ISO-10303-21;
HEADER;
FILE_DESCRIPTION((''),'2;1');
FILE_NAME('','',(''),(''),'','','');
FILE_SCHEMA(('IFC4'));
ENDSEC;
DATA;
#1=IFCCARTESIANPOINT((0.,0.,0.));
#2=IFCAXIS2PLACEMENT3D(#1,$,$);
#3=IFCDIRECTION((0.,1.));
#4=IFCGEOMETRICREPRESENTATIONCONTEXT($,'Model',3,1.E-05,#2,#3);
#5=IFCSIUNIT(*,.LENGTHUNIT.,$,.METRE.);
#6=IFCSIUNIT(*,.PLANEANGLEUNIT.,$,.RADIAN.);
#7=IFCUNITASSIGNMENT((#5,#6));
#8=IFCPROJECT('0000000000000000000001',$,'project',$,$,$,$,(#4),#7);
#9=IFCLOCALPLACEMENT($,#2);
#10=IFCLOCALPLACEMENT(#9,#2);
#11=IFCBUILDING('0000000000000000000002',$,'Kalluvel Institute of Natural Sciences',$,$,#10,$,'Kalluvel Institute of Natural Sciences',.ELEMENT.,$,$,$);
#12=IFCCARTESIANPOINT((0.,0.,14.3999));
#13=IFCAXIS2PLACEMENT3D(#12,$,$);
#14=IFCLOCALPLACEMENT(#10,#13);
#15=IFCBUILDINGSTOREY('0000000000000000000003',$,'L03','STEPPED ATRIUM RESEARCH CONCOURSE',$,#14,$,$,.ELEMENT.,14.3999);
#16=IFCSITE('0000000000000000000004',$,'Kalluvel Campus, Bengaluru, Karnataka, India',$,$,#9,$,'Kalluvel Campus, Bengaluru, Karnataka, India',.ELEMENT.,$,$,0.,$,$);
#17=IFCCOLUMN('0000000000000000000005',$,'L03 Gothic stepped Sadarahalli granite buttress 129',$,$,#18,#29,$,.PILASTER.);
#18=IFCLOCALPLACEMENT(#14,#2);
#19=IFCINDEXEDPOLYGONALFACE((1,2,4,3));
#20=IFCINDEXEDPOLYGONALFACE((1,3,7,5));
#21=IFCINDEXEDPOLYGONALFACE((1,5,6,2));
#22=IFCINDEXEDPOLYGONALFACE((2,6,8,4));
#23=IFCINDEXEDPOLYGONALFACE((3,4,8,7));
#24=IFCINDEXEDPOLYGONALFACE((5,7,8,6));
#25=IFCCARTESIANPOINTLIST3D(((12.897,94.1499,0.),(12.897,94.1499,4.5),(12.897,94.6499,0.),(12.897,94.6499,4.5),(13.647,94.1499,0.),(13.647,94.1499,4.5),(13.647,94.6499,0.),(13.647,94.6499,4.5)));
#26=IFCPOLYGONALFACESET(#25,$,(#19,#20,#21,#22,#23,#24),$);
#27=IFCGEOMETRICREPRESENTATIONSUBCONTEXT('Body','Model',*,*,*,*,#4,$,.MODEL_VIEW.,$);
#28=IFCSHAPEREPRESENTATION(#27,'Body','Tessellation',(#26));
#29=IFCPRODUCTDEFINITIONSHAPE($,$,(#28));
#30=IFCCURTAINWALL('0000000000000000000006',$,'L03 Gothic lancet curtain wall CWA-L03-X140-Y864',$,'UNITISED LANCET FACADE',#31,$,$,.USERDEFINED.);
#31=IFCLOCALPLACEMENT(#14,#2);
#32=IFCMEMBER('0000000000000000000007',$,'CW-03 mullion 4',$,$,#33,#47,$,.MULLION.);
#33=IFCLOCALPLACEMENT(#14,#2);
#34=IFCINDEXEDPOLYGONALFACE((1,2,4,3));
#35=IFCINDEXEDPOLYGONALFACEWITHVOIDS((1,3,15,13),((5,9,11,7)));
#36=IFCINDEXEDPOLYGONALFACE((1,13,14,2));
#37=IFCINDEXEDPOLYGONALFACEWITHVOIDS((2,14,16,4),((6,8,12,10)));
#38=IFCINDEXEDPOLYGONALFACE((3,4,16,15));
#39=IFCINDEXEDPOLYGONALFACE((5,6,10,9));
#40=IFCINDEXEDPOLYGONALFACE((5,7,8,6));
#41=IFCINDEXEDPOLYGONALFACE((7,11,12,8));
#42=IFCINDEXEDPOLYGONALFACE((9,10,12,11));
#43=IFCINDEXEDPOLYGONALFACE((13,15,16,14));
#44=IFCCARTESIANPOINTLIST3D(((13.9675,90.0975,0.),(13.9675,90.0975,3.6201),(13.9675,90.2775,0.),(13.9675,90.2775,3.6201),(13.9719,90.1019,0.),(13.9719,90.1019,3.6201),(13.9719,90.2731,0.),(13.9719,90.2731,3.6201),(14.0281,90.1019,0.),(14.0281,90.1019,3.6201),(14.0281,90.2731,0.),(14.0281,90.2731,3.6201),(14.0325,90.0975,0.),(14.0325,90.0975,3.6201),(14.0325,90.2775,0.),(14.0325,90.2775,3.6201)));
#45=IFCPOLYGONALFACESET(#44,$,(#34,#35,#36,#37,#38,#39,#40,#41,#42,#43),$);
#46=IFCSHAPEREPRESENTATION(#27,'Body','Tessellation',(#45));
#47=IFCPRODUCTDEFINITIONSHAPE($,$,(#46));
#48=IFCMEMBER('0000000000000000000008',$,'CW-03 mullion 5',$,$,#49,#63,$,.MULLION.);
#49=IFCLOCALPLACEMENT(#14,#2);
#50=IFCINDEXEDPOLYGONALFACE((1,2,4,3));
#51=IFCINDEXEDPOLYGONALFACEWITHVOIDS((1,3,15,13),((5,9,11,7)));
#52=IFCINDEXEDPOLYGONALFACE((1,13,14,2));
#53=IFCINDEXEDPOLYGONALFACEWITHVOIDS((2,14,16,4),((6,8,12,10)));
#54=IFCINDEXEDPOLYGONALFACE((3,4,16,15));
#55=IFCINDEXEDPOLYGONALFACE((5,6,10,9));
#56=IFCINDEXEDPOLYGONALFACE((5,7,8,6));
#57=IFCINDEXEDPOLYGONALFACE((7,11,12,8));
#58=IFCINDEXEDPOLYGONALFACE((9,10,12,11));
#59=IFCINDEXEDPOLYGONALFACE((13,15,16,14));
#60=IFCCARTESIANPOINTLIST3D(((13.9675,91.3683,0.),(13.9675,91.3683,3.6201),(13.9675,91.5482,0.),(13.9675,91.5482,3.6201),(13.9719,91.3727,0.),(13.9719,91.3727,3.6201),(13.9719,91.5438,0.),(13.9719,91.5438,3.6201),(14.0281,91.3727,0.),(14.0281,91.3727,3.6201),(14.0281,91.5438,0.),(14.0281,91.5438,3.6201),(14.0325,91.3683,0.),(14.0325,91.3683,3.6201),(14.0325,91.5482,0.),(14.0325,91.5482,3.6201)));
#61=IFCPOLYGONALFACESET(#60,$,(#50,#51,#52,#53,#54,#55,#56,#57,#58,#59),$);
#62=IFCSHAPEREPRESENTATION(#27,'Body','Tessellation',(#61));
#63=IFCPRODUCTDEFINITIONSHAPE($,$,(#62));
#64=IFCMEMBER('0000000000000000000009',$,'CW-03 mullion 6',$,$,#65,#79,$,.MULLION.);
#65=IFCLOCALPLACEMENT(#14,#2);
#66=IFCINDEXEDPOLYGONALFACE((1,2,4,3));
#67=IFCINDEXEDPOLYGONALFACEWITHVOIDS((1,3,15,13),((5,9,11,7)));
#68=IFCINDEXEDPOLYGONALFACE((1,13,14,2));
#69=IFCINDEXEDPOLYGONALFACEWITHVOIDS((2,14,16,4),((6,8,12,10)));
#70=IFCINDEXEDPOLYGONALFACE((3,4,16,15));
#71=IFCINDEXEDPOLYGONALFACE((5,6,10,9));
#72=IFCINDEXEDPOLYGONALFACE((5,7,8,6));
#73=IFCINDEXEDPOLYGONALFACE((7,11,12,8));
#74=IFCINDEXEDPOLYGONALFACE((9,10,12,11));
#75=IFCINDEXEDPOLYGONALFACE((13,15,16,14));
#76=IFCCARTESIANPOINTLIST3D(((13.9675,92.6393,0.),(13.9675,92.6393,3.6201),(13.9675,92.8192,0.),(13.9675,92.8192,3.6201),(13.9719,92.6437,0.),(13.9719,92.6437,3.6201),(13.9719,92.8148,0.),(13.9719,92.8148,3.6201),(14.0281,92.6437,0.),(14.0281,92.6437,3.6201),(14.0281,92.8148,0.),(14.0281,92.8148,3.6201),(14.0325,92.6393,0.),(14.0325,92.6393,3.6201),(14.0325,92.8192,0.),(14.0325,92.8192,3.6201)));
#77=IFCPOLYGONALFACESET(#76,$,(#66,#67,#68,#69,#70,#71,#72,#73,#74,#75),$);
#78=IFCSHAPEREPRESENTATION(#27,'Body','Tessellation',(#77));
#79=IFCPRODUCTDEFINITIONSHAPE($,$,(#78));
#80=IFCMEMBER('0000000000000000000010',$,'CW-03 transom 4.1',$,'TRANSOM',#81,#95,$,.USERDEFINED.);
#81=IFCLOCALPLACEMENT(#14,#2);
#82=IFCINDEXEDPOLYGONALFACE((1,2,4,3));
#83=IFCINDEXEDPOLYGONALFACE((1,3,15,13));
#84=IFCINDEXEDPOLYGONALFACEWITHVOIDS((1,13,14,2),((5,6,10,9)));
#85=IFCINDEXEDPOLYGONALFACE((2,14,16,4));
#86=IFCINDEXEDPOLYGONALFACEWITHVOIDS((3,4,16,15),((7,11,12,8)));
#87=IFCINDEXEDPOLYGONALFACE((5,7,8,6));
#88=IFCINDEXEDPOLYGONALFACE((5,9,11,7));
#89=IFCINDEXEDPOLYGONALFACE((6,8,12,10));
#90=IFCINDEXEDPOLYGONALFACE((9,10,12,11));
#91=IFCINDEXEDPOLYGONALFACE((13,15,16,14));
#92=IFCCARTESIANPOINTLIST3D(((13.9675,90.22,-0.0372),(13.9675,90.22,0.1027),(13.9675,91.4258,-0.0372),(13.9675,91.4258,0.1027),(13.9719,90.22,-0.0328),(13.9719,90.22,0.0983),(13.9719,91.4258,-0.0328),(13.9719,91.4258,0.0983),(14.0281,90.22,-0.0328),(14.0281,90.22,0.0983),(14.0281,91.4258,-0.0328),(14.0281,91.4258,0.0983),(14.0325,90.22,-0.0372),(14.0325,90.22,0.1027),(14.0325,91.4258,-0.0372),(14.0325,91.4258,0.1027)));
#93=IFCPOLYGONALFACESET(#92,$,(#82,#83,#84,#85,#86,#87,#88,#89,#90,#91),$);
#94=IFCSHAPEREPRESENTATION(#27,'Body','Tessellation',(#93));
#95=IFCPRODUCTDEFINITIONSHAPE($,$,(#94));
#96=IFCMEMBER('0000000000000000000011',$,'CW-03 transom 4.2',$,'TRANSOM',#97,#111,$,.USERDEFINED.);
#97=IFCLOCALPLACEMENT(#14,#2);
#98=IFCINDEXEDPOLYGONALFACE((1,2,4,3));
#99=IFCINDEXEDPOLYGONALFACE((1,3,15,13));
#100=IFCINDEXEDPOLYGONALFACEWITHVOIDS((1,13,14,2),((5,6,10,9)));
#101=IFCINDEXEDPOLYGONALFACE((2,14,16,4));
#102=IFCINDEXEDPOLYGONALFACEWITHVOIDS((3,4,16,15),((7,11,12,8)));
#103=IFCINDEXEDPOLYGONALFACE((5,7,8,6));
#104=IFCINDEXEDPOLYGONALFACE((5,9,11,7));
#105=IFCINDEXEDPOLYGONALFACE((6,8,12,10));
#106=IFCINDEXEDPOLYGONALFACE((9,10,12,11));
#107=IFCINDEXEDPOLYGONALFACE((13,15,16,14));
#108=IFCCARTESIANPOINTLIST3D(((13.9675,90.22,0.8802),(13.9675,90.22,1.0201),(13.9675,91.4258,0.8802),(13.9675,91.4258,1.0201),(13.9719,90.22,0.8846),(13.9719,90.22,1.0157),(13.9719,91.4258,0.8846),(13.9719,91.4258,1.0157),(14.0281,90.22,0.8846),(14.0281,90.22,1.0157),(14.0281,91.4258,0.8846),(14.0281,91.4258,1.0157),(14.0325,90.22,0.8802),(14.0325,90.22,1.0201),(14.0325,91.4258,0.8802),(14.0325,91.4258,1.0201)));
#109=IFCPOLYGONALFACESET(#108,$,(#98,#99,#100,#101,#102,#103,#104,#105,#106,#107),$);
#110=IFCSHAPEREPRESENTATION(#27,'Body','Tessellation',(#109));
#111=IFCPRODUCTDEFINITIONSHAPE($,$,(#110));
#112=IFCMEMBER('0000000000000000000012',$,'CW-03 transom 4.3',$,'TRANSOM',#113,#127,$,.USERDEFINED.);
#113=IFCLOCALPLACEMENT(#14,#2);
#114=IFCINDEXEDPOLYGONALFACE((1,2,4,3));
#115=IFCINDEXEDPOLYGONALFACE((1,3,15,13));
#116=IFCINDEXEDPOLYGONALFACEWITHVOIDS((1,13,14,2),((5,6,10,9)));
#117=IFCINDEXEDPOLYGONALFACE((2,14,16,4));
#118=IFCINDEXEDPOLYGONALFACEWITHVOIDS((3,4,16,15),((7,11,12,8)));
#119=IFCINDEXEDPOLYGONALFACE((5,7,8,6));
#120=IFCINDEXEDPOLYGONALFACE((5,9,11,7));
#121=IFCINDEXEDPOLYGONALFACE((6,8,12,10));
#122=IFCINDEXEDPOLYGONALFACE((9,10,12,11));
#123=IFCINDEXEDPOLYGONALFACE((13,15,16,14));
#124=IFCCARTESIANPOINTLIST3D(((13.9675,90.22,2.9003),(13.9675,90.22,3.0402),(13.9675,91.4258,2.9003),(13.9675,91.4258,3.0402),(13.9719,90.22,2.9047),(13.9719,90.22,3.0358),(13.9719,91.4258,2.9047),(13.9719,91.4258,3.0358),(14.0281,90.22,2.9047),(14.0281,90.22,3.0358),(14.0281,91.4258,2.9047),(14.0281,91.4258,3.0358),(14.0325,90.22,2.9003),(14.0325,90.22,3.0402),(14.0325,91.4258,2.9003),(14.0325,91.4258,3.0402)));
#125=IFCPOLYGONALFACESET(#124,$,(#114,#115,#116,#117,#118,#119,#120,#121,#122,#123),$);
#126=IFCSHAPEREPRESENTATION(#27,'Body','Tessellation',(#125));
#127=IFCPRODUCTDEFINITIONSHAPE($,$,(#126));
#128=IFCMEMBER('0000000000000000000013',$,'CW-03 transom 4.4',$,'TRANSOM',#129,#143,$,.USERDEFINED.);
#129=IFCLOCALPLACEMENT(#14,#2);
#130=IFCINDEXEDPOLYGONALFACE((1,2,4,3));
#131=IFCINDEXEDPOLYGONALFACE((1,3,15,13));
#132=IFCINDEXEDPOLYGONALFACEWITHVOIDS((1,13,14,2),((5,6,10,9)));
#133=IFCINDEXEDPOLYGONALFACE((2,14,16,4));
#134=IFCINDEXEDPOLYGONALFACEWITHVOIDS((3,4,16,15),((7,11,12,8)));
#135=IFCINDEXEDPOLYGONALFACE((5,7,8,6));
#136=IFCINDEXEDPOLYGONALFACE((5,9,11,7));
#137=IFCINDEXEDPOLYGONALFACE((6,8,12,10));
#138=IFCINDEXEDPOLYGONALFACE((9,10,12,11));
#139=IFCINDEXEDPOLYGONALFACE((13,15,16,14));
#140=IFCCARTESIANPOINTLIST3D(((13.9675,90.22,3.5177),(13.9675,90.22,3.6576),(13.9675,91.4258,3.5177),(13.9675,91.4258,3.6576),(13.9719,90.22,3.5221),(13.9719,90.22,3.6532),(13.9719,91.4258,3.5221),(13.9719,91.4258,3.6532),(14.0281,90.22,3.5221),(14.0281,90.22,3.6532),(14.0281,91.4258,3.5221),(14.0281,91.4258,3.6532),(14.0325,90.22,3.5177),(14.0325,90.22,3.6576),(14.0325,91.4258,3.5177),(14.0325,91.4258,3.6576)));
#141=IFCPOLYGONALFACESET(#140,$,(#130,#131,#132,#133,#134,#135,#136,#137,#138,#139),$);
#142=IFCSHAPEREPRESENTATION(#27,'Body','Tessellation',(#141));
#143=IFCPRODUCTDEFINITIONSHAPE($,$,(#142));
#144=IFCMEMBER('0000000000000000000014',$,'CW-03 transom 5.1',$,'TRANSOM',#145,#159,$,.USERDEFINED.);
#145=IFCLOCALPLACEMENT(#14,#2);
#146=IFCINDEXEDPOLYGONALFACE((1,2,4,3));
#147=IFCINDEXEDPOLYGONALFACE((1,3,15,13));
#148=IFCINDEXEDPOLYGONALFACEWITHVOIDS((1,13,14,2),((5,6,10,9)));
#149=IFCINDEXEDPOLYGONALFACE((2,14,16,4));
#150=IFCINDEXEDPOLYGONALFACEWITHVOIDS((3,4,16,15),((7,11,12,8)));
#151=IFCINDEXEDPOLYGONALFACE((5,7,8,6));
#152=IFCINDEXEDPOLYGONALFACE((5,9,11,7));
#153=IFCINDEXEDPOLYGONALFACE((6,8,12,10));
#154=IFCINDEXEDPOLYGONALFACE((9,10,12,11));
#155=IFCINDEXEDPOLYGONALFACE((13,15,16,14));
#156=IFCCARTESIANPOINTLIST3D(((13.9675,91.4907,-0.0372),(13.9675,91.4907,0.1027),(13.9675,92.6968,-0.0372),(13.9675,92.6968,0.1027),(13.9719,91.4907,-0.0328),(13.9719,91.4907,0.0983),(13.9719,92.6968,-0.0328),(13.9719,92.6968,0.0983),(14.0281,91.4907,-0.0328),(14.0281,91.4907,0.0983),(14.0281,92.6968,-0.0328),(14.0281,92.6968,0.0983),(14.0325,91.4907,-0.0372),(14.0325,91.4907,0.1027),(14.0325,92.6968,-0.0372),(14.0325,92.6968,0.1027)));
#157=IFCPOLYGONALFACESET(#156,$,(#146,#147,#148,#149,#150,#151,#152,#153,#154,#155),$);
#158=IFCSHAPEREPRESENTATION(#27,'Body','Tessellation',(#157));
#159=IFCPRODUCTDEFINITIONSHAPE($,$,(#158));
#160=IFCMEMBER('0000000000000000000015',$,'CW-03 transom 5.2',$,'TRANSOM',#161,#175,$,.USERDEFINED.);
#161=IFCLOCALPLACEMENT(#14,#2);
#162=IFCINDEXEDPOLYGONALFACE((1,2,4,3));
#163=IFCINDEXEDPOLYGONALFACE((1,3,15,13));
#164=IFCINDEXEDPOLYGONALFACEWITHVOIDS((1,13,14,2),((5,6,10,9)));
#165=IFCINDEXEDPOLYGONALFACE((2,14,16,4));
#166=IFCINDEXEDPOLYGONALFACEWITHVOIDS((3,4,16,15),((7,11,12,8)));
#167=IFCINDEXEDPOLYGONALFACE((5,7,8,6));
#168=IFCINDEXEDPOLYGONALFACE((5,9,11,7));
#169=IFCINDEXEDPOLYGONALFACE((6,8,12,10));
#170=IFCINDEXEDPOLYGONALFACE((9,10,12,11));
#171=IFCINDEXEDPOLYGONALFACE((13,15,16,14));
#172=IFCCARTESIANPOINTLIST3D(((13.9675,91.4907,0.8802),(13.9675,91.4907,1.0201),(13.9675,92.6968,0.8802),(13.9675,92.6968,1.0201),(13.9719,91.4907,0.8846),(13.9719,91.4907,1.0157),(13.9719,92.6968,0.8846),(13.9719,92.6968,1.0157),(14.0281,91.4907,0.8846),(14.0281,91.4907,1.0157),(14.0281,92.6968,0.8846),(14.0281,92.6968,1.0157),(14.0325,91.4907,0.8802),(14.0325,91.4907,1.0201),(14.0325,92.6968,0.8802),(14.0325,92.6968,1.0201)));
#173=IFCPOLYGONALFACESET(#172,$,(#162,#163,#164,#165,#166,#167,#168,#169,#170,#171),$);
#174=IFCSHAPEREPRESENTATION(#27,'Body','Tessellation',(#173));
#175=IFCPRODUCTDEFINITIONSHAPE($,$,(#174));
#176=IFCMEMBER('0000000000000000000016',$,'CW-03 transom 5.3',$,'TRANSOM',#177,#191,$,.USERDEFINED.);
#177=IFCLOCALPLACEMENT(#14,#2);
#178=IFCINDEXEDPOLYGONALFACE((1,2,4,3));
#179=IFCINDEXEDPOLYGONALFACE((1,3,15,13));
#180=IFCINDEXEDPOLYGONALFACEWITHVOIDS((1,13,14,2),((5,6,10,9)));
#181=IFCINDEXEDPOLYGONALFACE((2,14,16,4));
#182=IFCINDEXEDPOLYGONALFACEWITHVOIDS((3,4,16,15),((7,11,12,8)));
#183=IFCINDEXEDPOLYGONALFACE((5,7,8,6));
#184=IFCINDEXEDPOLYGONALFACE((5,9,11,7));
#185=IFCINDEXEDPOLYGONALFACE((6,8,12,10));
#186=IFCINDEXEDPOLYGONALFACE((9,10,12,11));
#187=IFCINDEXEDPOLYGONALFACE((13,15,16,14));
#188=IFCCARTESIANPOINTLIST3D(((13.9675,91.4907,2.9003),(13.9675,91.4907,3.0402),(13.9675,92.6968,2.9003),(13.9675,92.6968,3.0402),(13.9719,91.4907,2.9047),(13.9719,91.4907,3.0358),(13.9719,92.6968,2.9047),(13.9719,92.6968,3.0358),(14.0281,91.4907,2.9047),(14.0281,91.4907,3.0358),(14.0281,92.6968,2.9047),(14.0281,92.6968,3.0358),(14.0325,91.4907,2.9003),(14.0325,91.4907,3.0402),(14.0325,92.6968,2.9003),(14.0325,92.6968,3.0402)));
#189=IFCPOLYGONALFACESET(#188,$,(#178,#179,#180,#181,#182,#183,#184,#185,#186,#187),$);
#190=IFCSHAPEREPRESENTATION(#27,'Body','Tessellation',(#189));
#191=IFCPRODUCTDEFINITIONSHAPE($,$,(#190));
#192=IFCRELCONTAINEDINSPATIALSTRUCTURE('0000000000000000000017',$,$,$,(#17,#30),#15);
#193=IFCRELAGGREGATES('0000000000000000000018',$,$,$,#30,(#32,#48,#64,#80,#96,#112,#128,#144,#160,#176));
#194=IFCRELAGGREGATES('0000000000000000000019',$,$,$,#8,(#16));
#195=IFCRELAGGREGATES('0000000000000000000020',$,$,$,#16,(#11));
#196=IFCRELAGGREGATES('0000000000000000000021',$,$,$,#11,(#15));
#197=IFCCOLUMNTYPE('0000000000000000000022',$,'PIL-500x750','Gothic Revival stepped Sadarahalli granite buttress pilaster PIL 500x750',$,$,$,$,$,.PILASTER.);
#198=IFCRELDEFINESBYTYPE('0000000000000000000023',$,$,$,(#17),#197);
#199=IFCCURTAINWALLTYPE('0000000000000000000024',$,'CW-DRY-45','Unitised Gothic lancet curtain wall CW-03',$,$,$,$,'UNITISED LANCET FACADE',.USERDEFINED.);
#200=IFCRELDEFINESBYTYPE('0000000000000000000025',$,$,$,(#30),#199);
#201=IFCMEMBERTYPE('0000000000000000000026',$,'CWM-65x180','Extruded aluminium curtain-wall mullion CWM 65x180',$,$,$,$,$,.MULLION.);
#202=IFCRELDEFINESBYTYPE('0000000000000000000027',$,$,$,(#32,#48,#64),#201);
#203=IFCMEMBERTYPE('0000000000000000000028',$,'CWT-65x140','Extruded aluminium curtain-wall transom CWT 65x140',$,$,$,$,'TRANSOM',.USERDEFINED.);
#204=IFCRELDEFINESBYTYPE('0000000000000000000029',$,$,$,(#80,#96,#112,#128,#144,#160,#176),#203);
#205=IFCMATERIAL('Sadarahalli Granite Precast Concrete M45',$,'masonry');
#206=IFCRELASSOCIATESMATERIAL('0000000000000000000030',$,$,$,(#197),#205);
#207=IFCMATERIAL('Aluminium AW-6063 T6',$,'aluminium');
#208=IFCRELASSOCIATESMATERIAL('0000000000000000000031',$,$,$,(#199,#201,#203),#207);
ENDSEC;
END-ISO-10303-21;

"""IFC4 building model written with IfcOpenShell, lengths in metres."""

from ifc_helpers import new_model, si_unit, direction, frame, origin, origin_2d, place, context, subcontext, project, spatial, rectangle, hollow_rectangle, extrude, material, material_profile, profile_set, type_object, element, aggregate, save


model = new_model("IFC4")

# Units and contexts
model_context = context("Model", 3, precision=1e-05, world=origin(), true_north=direction((0.0, 1.0)))
body_context = subcontext(model_context, "Body", "Model", "MODEL_VIEW")
ifc_project = project(units=[si_unit("LENGTHUNIT", "METRE"), si_unit("PLANEANGLEUNIT", "RADIAN")], contexts=[model_context])

# Site, building, storey
site_placement = place(None, origin())
site = spatial("IfcSite", under=ifc_project, at=site_placement, Name="Kalluvel Campus, Bengaluru, Karnataka, India", LongName="Kalluvel Campus, Bengaluru, Karnataka, India", CompositionType="ELEMENT", RefElevation=0.0)
building_placement = place(site_placement, origin())
building = spatial("IfcBuilding", under=site, at=building_placement, Name="Kalluvel Institute of Natural Sciences", LongName="Kalluvel Institute of Natural Sciences", CompositionType="ELEMENT")
storey_placement = place(building_placement, frame((0.0, 0.0, 14.3999)))
storey = spatial("IfcBuildingStorey", under=building, at=storey_placement, Name="L03", Description="STEPPED ATRIUM RESEARCH CONCOURSE", CompositionType="ELEMENT", Elevation=14.3999)

# Column
ifc_material_1 = material(Name="Sadarahalli Granite Precast Concrete M45", Category="masonry")
ifc_material_profile_1 = material_profile(ifc_material_1, rectangle(XDim=0.5, YDim=0.75, at=origin_2d()), Name="PIL 500x750")
ifc_profile_set_1 = profile_set([ifc_material_profile_1], Name="Sadarahalli Granite Precast Concrete M45")
column_type = type_object("IfcColumnType", Name="PIL-500x750", Description="Gothic Revival stepped Sadarahalli granite buttress pilaster PIL 500x750", PredefinedType="PILASTER", material=ifc_profile_set_1)
column_placement = place(storey_placement, frame((13.272, 94.3999, 0.0), z_axis=(0.0, 0.0, 1.0), x_axis=(0.0, 1.0, 0.0)))
element("IfcColumn", 1, at=column_placement, inside=storey, type_object=column_type, Name="L03 Gothic stepped Sadarahalli granite buttress 129", PredefinedType="PILASTER", context=body_context, shape_type="SweptSolid", body=[
    extrude(rectangle(XDim=0.5, YDim=0.75, at=origin_2d()), origin(), (0.0, 0.0, 1.0), 4.5),
])

# Curtain wall, members
ifc_material_2 = material(Name="Aluminium AW-6063 T6", Category="aluminium")
curtain_wall_type = type_object("IfcCurtainWallType", Name="CW-DRY-45", Description="Unitised Gothic lancet curtain wall CW-03", ElementType="UNITISED LANCET FACADE", PredefinedType="USERDEFINED", material=ifc_material_2)
curtain_wall_placement = place(storey_placement, origin())
curtain_wall = element("IfcCurtainWall", 2, at=curtain_wall_placement, inside=storey, type_object=curtain_wall_type, Name="L03 Gothic lancet curtain wall CWA-L03-X140-Y864", ObjectType="UNITISED LANCET FACADE", PredefinedType="USERDEFINED")
ifc_material_profile_2 = material_profile(ifc_material_2, hollow_rectangle(XDim=0.0649, YDim=0.1799, WallThickness=0.0044, at=origin_2d()), Name="CWM 65x180")
ifc_profile_set_2 = profile_set([ifc_material_profile_2], Name="Aluminium AW-6063 T6")
member_type_1 = type_object("IfcMemberType", Name="CWM-65x180", Description="Extruded aluminium curtain-wall mullion CWM 65x180", PredefinedType="MULLION", material=ifc_profile_set_2)
member_1_placement = place(storey_placement, frame((14.0, 90.1875, 0.0), z_axis=(0.0, 0.0, 1.0), x_axis=(-1.0, 0.0, 0.0)))
member_1 = element("IfcMember", 3, at=member_1_placement, type_object=member_type_1, Name="CW-03 mullion 4", PredefinedType="MULLION", context=body_context, shape_type="SweptSolid", body=[
    extrude(hollow_rectangle(XDim=0.0649, YDim=0.1799, WallThickness=0.0044, at=origin_2d()), origin(), (0.0, 0.0, 1.0), 3.6201),
])
member_2_placement = place(storey_placement, frame((14.0, 91.4583, 0.0), z_axis=(0.0, 0.0, 1.0), x_axis=(-1.0, 0.0, 0.0)))
member_2 = element("IfcMember", 4, at=member_2_placement, type_object=member_type_1, Name="CW-03 mullion 5", PredefinedType="MULLION", context=body_context, shape_type="SweptSolid", body=[
    extrude(hollow_rectangle(XDim=0.0649, YDim=0.1799, WallThickness=0.0044, at=origin_2d()), origin(), (0.0, 0.0, 1.0), 3.6201),
])
member_3_placement = place(storey_placement, frame((14.0, 92.7292, 0.0), z_axis=(0.0, 0.0, 1.0), x_axis=(-1.0, 0.0, 0.0)))
member_3 = element("IfcMember", 5, at=member_3_placement, type_object=member_type_1, Name="CW-03 mullion 6", PredefinedType="MULLION", context=body_context, shape_type="SweptSolid", body=[
    extrude(hollow_rectangle(XDim=0.0649, YDim=0.1799, WallThickness=0.0044, at=origin_2d()), origin(), (0.0, 0.0, 1.0), 3.6201),
])
ifc_material_profile_3 = material_profile(ifc_material_2, hollow_rectangle(XDim=0.0649, YDim=0.1399, WallThickness=0.0044, at=origin_2d()), Name="CWT 65x140")
ifc_profile_set_3 = profile_set([ifc_material_profile_3], Name="Aluminium AW-6063 T6")
member_type_2 = type_object("IfcMemberType", Name="CWT-65x140", Description="Extruded aluminium curtain-wall transom CWT 65x140", ElementType="TRANSOM", PredefinedType="USERDEFINED", material=ifc_profile_set_3)
member_4_placement = place(storey_placement, frame((14.0, 90.22, 0.0327), z_axis=(0.0, 1.0, 0.0), x_axis=(-1.0, 0.0, 0.0)))
member_4 = element("IfcMember", 6, at=member_4_placement, type_object=member_type_2, Name="CW-03 transom 4.1", ObjectType="TRANSOM", PredefinedType="USERDEFINED", context=body_context, shape_type="SweptSolid", body=[
    extrude(hollow_rectangle(XDim=0.0649, YDim=0.1399, WallThickness=0.0044, at=origin_2d()), origin(), (0.0, 0.0, 1.0), 1.2058),
])
member_5_placement = place(storey_placement, frame((14.0, 90.22, 0.9502), z_axis=(0.0, 1.0, 0.0), x_axis=(-1.0, 0.0, 0.0)))
member_5 = element("IfcMember", 7, at=member_5_placement, type_object=member_type_2, Name="CW-03 transom 4.2", ObjectType="TRANSOM", PredefinedType="USERDEFINED", context=body_context, shape_type="SweptSolid", body=[
    extrude(hollow_rectangle(XDim=0.0649, YDim=0.1399, WallThickness=0.0044, at=origin_2d()), origin(), (0.0, 0.0, 1.0), 1.2058),
])
member_6_placement = place(storey_placement, frame((14.0, 90.22, 2.9702), z_axis=(0.0, 1.0, 0.0), x_axis=(-1.0, 0.0, 0.0)))
member_6 = element("IfcMember", 8, at=member_6_placement, type_object=member_type_2, Name="CW-03 transom 4.3", ObjectType="TRANSOM", PredefinedType="USERDEFINED", context=body_context, shape_type="SweptSolid", body=[
    extrude(hollow_rectangle(XDim=0.0649, YDim=0.1399, WallThickness=0.0044, at=origin_2d()), origin(), (0.0, 0.0, 1.0), 1.2058),
])
member_7_placement = place(storey_placement, frame((14.0, 90.22, 3.5876), z_axis=(0.0, 1.0, 0.0), x_axis=(-1.0, 0.0, 0.0)))
member_7 = element("IfcMember", 9, at=member_7_placement, type_object=member_type_2, Name="CW-03 transom 4.4", ObjectType="TRANSOM", PredefinedType="USERDEFINED", context=body_context, shape_type="SweptSolid", body=[
    extrude(hollow_rectangle(XDim=0.0649, YDim=0.1399, WallThickness=0.0044, at=origin_2d()), origin(), (0.0, 0.0, 1.0), 1.2058),
])
member_8_placement = place(storey_placement, frame((14.0, 91.4907, 0.0327), z_axis=(0.0, 1.0, 0.0), x_axis=(-1.0, 0.0, 0.0)))
member_8 = element("IfcMember", 10, at=member_8_placement, type_object=member_type_2, Name="CW-03 transom 5.1", ObjectType="TRANSOM", PredefinedType="USERDEFINED", context=body_context, shape_type="SweptSolid", body=[
    extrude(hollow_rectangle(XDim=0.0649, YDim=0.1399, WallThickness=0.0044, at=origin_2d()), origin(), (0.0, 0.0, 1.0), 1.2061),
])
member_9_placement = place(storey_placement, frame((14.0, 91.4907, 0.9502), z_axis=(0.0, 1.0, 0.0), x_axis=(-1.0, 0.0, 0.0)))
member_9 = element("IfcMember", 11, at=member_9_placement, type_object=member_type_2, Name="CW-03 transom 5.2", ObjectType="TRANSOM", PredefinedType="USERDEFINED", context=body_context, shape_type="SweptSolid", body=[
    extrude(hollow_rectangle(XDim=0.0649, YDim=0.1399, WallThickness=0.0044, at=origin_2d()), origin(), (0.0, 0.0, 1.0), 1.2061),
])
member_10_placement = place(storey_placement, frame((14.0, 91.4907, 2.9702), z_axis=(0.0, 1.0, 0.0), x_axis=(-1.0, 0.0, 0.0)))
member_10 = element("IfcMember", 12, at=member_10_placement, type_object=member_type_2, Name="CW-03 transom 5.3", ObjectType="TRANSOM", PredefinedType="USERDEFINED", context=body_context, shape_type="SweptSolid", body=[
    extrude(hollow_rectangle(XDim=0.0649, YDim=0.1399, WallThickness=0.0044, at=origin_2d()), origin(), (0.0, 0.0, 1.0), 1.2061),
])
aggregate(curtain_wall, [member_1, member_2, member_3, member_4, member_5, member_6, member_7, member_8, member_9, member_10])

save(model, "model.ifc")
